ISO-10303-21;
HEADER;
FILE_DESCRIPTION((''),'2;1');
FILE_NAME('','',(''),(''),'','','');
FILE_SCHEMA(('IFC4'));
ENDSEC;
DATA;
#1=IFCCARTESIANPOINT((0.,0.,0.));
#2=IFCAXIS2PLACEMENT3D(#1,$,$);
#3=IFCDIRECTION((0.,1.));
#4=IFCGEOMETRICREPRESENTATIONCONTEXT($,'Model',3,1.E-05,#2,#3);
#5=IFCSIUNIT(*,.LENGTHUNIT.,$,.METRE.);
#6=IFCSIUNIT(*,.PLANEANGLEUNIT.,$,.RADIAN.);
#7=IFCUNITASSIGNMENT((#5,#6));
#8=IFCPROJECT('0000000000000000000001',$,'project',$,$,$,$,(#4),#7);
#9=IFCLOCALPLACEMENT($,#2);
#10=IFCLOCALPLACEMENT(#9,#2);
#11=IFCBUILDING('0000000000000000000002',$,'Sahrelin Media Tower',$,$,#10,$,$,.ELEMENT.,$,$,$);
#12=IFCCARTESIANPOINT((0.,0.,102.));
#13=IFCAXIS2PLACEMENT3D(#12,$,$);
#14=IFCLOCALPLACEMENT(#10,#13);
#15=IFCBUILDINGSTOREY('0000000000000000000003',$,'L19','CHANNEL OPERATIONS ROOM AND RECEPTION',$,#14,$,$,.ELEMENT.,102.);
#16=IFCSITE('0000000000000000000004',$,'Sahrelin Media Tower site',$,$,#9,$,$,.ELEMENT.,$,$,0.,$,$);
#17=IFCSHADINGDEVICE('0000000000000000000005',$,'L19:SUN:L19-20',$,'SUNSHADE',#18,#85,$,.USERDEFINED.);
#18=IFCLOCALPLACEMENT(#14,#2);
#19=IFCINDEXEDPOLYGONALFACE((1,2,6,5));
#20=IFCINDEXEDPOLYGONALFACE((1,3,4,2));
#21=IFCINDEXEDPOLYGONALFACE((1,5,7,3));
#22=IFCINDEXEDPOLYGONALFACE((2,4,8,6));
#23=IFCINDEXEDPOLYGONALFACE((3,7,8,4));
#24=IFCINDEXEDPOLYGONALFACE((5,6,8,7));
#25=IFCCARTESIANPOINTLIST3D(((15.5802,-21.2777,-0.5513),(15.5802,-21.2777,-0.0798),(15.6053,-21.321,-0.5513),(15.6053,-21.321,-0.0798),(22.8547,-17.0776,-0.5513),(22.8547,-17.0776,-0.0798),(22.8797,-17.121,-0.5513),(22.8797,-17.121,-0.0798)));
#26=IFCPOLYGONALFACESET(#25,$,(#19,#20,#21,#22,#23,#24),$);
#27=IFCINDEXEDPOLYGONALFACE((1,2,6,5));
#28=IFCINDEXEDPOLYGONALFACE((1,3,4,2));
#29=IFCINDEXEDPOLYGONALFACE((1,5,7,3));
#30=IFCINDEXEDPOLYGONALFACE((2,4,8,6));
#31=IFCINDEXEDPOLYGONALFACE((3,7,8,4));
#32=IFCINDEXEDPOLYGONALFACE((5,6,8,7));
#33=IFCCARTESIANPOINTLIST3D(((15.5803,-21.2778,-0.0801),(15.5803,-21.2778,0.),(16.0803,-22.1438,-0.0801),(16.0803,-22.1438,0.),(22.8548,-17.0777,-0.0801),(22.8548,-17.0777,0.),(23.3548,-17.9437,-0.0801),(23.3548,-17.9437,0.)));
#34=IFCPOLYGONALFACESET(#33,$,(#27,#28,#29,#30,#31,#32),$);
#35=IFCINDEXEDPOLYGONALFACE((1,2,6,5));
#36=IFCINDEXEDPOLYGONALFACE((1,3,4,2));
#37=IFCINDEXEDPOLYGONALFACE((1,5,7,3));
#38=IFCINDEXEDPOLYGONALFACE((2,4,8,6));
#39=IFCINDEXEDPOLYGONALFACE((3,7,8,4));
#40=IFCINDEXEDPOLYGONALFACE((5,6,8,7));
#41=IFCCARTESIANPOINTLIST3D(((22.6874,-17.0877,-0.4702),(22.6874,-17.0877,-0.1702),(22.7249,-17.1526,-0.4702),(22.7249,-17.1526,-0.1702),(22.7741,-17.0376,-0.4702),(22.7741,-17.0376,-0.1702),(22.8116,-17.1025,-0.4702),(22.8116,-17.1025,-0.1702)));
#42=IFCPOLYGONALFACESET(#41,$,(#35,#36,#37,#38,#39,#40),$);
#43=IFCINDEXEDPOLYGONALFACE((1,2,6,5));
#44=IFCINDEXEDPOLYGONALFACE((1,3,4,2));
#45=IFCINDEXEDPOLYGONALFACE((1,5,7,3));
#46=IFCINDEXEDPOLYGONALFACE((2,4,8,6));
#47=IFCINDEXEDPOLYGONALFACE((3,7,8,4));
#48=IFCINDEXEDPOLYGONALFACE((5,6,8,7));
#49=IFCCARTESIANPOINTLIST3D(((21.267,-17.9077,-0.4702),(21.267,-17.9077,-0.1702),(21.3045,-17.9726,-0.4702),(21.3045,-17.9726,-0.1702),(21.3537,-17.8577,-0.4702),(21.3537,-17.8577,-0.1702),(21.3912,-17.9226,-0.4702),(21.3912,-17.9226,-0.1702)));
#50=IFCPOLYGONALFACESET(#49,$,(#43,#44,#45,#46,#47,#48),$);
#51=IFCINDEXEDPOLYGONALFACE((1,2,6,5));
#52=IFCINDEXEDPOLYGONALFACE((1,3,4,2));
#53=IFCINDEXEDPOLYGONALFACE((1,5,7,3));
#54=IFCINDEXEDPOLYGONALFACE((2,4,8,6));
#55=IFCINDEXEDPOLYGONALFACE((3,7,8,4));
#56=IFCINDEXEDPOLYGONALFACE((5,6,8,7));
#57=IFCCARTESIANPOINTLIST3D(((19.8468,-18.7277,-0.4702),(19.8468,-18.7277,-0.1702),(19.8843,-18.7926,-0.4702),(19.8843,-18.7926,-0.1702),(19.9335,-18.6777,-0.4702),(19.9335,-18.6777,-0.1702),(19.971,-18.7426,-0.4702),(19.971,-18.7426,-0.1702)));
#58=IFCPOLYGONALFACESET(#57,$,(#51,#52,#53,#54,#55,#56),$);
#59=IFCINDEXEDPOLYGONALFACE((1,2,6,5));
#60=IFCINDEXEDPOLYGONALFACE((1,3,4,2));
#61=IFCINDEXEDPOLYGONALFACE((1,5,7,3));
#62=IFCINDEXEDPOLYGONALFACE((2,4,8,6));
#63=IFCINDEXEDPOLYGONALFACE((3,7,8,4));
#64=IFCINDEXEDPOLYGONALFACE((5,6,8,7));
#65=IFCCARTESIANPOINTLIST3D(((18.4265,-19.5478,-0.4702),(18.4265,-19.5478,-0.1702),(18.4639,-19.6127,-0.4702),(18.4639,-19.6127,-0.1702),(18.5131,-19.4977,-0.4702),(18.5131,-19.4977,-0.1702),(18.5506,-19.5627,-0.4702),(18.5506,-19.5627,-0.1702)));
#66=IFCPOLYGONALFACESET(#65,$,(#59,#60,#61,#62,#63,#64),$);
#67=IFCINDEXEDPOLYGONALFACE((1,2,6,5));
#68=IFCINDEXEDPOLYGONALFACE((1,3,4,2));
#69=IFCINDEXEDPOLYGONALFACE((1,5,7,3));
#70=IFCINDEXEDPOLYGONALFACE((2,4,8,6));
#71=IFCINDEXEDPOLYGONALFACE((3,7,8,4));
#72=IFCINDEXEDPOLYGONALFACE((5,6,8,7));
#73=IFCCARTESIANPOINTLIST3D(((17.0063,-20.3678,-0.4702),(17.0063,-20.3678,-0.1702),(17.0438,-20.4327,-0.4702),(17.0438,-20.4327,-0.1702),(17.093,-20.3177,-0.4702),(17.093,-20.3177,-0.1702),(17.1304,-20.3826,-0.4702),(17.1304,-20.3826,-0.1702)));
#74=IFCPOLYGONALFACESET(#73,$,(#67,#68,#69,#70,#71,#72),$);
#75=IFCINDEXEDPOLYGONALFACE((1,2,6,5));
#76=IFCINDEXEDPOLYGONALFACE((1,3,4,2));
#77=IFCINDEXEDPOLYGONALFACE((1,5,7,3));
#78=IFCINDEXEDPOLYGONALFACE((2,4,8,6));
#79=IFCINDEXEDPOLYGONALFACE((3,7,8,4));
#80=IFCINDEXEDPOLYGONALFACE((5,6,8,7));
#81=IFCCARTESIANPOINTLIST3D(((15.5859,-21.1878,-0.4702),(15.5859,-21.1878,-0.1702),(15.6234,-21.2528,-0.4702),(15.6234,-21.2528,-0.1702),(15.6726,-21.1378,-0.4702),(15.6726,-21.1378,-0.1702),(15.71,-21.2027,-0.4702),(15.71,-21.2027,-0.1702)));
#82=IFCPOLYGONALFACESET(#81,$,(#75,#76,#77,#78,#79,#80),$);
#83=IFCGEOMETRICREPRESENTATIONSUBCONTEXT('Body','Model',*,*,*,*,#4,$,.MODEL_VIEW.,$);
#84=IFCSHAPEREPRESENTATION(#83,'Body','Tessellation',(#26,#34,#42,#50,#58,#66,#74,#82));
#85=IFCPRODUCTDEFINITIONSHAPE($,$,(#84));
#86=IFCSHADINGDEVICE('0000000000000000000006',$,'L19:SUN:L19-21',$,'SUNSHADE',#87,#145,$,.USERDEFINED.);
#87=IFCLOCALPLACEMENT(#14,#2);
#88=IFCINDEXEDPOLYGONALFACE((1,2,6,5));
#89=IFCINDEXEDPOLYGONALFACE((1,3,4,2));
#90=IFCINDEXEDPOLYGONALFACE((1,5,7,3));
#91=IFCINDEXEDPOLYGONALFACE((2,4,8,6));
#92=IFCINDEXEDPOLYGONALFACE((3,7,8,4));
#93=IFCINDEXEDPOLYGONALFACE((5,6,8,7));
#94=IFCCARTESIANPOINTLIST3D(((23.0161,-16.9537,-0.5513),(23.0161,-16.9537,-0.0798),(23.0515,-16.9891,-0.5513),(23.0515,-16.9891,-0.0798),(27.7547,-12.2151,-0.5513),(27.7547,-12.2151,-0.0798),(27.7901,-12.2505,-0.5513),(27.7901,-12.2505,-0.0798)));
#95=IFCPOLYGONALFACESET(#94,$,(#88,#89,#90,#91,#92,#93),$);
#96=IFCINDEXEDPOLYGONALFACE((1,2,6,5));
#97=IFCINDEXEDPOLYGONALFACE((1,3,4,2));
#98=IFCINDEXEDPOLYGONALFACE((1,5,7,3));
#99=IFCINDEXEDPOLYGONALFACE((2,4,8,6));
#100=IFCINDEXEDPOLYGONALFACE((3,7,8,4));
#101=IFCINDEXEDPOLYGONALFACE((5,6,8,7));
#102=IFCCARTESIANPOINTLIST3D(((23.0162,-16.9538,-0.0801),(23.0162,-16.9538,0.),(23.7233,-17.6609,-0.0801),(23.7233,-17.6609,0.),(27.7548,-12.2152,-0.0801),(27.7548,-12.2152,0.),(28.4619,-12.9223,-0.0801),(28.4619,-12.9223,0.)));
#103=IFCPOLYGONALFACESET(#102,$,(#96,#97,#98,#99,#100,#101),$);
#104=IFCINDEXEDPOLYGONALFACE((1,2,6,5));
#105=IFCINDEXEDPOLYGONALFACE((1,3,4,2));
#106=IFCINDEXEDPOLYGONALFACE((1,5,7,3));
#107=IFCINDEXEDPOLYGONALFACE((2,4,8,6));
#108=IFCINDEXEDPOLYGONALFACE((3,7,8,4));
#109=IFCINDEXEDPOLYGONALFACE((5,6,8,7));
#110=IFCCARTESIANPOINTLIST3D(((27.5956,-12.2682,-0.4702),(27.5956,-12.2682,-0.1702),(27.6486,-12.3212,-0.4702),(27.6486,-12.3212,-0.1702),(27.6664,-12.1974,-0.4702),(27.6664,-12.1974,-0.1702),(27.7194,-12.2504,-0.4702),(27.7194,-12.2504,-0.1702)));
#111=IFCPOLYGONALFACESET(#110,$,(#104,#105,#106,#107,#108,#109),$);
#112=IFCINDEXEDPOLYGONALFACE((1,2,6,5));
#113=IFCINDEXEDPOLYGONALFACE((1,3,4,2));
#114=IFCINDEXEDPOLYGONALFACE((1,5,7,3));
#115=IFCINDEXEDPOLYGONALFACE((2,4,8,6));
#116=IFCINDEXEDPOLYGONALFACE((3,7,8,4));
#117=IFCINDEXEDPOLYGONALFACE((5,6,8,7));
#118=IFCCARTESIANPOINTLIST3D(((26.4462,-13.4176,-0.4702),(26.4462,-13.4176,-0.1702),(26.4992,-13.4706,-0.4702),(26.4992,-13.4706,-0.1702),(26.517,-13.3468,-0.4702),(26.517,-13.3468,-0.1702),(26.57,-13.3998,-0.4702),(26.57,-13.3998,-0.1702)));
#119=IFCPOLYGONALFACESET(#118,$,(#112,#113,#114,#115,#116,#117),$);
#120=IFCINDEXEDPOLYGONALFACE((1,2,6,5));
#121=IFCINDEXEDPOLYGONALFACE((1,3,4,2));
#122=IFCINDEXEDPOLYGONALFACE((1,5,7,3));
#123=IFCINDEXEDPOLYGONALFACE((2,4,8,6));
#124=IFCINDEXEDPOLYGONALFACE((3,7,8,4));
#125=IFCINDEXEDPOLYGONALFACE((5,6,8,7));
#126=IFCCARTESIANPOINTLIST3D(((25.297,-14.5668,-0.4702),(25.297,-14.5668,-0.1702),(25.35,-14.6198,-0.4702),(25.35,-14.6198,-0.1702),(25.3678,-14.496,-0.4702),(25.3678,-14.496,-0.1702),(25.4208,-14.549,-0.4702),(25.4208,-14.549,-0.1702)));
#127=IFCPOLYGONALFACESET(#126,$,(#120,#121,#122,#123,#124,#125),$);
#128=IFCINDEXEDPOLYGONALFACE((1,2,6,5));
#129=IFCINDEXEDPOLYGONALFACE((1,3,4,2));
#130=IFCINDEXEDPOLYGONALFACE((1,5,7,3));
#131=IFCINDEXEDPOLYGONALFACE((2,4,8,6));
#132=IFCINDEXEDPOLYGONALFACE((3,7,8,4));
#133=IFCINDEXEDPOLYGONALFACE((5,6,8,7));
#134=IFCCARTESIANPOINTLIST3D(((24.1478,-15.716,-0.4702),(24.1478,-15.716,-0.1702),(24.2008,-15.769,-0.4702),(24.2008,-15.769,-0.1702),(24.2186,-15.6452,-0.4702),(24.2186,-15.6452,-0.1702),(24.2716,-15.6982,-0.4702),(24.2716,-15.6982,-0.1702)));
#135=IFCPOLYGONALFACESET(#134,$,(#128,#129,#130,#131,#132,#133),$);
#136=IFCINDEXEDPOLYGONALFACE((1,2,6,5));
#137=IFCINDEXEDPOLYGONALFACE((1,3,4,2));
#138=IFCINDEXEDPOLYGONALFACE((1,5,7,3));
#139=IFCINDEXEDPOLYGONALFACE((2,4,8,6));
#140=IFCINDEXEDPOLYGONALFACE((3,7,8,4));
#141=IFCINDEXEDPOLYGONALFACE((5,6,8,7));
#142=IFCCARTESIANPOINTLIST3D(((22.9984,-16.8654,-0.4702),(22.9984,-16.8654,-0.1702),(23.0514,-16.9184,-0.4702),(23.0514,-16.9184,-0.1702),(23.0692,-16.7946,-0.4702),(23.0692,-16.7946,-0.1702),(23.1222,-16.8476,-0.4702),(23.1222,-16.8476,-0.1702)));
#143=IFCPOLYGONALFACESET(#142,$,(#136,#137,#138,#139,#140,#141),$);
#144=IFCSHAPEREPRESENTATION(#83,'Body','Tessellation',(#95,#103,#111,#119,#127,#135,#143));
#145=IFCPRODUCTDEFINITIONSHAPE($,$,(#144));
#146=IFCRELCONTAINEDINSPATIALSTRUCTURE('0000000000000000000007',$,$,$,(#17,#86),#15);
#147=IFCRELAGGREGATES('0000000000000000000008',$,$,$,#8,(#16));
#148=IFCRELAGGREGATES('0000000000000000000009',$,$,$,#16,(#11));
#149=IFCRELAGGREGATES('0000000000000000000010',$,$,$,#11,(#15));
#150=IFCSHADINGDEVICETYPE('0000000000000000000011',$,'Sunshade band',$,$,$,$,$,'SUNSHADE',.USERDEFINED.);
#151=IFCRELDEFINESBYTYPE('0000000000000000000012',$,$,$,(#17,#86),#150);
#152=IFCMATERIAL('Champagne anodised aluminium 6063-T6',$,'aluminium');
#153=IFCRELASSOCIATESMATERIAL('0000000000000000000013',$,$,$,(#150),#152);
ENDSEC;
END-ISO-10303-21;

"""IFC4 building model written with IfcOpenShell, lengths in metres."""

from ifc_helpers import new_model, si_unit, direction, frame, origin, origin_2d, place, context, subcontext, project, spatial, rectangle, extrude, material, type_object, element, save


model = new_model("IFC4")

# Units and contexts
model_context = context("Model", 3, precision=1e-05, world=origin(), true_north=direction((0.0, 1.0)))
body_context = subcontext(model_context, "Body", "Model", "MODEL_VIEW")
ifc_project = project(units=[si_unit("LENGTHUNIT", "METRE"), si_unit("PLANEANGLEUNIT", "RADIAN")], contexts=[model_context])

# Site, building, storey
site_placement = place(None, origin())
site = spatial("IfcSite", under=ifc_project, at=site_placement, Name="Sahrelin Media Tower site", CompositionType="ELEMENT", RefElevation=0.0)
building_placement = place(site_placement, origin())
building = spatial("IfcBuilding", under=site, at=building_placement, Name="Sahrelin Media Tower", CompositionType="ELEMENT")
storey_placement = place(building_placement, frame((0.0, 0.0, 102.0)))
storey = spatial("IfcBuildingStorey", under=building, at=storey_placement, Name="L19", Description="CHANNEL OPERATIONS ROOM AND RECEPTION", CompositionType="ELEMENT", Elevation=102.0)

# Shared definitions
ifc_material_1 = material(Name="Champagne anodised aluminium 6063-T6", Category="aluminium")

# Shading devices
placement_1 = place(storey_placement, frame((19.2075, -19.1604, 0.0), z_axis=(0.0, 0.0, 1.0), x_axis=(-0.866019, -0.500011, 0.0)))
placement_2 = place(storey_placement, frame((25.3713, -14.5703, 0.0), z_axis=(0.0, 0.0, 1.0), x_axis=(-0.707107, -0.707107, 0.0)))
shading_device_type_1 = type_object("IfcShadingDeviceType", Name="Sunshade band", ElementType="SUNSHADE", PredefinedType="USERDEFINED", material=ifc_material_1)
element("IfcShadingDevice", 1, at=placement_1, inside=storey, type_object=shading_device_type_1, Name="L19:SUN:L19-20", ObjectType="SUNSHADE", PredefinedType="USERDEFINED", context=body_context, shape_type="SweptSolid", body=[
    extrude(rectangle(XDim=8.3999, YDim=0.05, at=origin_2d()), frame((0.0, 0.0449, -0.5513)), (0.0, 0.0, 1.0), 0.4714),
    extrude(rectangle(XDim=8.3999, YDim=1.0, at=origin_2d()), frame((0.0, 0.52, -0.0801)), (0.0, 0.0, 1.0), 0.0801),
    extrude(rectangle(XDim=0.1001, YDim=0.075, at=origin_2d()), frame((-4.1001, -0.0176, -0.4702)), (0.0, 0.0, 1.0), 0.3),
    extrude(rectangle(XDim=0.1001, YDim=0.075, at=origin_2d()), frame((-2.46, -0.0176, -0.4702)), (0.0, 0.0, 1.0), 0.3),
    extrude(rectangle(XDim=0.1001, YDim=0.075, at=origin_2d()), frame((-0.8201, -0.0176, -0.4702)), (0.0, 0.0, 1.0), 0.3),
    extrude(rectangle(XDim=0.1001, YDim=0.075, at=origin_2d()), frame((0.8201, -0.0176, -0.4702)), (0.0, 0.0, 1.0), 0.3),
    extrude(rectangle(XDim=0.1001, YDim=0.075, at=origin_2d()), frame((2.46, -0.0176, -0.4702)), (0.0, 0.0, 1.0), 0.3),
    extrude(rectangle(XDim=0.1001, YDim=0.075, at=origin_2d()), frame((4.1001, -0.0176, -0.4702)), (0.0, 0.0, 1.0), 0.3),
])
element("IfcShadingDevice", 2, at=placement_2, inside=storey, type_object=shading_device_type_1, Name="L19:SUN:L19-21", ObjectType="SUNSHADE", PredefinedType="USERDEFINED", context=body_context, shape_type="SweptSolid", body=[
    extrude(rectangle(XDim=6.7014, YDim=0.05, at=origin_2d()), frame((0.0, 0.0449, -0.5513)), (0.0, 0.0, 1.0), 0.4714),
    extrude(rectangle(XDim=6.7014, YDim=1.0, at=origin_2d()), frame((0.0, 0.52, -0.0801)), (0.0, 0.0, 1.0), 0.0801),
    extrude(rectangle(XDim=0.1001, YDim=0.075, at=origin_2d()), frame((-3.2507, -0.0176, -0.4702)), (0.0, 0.0, 1.0), 0.3),
    extrude(rectangle(XDim=0.1001, YDim=0.075, at=origin_2d()), frame((-1.6252, -0.0176, -0.4702)), (0.0, 0.0, 1.0), 0.3),
    extrude(rectangle(XDim=0.1001, YDim=0.075, at=origin_2d()), frame((0.0, -0.0176, -0.4702)), (0.0, 0.0, 1.0), 0.3),
    extrude(rectangle(XDim=0.1001, YDim=0.075, at=origin_2d()), frame((1.6252, -0.0176, -0.4702)), (0.0, 0.0, 1.0), 0.3),
    extrude(rectangle(XDim=0.1001, YDim=0.075, at=origin_2d()), frame((3.2507, -0.0176, -0.4702)), (0.0, 0.0, 1.0), 0.3),
])

save(model, "model.ifc")
